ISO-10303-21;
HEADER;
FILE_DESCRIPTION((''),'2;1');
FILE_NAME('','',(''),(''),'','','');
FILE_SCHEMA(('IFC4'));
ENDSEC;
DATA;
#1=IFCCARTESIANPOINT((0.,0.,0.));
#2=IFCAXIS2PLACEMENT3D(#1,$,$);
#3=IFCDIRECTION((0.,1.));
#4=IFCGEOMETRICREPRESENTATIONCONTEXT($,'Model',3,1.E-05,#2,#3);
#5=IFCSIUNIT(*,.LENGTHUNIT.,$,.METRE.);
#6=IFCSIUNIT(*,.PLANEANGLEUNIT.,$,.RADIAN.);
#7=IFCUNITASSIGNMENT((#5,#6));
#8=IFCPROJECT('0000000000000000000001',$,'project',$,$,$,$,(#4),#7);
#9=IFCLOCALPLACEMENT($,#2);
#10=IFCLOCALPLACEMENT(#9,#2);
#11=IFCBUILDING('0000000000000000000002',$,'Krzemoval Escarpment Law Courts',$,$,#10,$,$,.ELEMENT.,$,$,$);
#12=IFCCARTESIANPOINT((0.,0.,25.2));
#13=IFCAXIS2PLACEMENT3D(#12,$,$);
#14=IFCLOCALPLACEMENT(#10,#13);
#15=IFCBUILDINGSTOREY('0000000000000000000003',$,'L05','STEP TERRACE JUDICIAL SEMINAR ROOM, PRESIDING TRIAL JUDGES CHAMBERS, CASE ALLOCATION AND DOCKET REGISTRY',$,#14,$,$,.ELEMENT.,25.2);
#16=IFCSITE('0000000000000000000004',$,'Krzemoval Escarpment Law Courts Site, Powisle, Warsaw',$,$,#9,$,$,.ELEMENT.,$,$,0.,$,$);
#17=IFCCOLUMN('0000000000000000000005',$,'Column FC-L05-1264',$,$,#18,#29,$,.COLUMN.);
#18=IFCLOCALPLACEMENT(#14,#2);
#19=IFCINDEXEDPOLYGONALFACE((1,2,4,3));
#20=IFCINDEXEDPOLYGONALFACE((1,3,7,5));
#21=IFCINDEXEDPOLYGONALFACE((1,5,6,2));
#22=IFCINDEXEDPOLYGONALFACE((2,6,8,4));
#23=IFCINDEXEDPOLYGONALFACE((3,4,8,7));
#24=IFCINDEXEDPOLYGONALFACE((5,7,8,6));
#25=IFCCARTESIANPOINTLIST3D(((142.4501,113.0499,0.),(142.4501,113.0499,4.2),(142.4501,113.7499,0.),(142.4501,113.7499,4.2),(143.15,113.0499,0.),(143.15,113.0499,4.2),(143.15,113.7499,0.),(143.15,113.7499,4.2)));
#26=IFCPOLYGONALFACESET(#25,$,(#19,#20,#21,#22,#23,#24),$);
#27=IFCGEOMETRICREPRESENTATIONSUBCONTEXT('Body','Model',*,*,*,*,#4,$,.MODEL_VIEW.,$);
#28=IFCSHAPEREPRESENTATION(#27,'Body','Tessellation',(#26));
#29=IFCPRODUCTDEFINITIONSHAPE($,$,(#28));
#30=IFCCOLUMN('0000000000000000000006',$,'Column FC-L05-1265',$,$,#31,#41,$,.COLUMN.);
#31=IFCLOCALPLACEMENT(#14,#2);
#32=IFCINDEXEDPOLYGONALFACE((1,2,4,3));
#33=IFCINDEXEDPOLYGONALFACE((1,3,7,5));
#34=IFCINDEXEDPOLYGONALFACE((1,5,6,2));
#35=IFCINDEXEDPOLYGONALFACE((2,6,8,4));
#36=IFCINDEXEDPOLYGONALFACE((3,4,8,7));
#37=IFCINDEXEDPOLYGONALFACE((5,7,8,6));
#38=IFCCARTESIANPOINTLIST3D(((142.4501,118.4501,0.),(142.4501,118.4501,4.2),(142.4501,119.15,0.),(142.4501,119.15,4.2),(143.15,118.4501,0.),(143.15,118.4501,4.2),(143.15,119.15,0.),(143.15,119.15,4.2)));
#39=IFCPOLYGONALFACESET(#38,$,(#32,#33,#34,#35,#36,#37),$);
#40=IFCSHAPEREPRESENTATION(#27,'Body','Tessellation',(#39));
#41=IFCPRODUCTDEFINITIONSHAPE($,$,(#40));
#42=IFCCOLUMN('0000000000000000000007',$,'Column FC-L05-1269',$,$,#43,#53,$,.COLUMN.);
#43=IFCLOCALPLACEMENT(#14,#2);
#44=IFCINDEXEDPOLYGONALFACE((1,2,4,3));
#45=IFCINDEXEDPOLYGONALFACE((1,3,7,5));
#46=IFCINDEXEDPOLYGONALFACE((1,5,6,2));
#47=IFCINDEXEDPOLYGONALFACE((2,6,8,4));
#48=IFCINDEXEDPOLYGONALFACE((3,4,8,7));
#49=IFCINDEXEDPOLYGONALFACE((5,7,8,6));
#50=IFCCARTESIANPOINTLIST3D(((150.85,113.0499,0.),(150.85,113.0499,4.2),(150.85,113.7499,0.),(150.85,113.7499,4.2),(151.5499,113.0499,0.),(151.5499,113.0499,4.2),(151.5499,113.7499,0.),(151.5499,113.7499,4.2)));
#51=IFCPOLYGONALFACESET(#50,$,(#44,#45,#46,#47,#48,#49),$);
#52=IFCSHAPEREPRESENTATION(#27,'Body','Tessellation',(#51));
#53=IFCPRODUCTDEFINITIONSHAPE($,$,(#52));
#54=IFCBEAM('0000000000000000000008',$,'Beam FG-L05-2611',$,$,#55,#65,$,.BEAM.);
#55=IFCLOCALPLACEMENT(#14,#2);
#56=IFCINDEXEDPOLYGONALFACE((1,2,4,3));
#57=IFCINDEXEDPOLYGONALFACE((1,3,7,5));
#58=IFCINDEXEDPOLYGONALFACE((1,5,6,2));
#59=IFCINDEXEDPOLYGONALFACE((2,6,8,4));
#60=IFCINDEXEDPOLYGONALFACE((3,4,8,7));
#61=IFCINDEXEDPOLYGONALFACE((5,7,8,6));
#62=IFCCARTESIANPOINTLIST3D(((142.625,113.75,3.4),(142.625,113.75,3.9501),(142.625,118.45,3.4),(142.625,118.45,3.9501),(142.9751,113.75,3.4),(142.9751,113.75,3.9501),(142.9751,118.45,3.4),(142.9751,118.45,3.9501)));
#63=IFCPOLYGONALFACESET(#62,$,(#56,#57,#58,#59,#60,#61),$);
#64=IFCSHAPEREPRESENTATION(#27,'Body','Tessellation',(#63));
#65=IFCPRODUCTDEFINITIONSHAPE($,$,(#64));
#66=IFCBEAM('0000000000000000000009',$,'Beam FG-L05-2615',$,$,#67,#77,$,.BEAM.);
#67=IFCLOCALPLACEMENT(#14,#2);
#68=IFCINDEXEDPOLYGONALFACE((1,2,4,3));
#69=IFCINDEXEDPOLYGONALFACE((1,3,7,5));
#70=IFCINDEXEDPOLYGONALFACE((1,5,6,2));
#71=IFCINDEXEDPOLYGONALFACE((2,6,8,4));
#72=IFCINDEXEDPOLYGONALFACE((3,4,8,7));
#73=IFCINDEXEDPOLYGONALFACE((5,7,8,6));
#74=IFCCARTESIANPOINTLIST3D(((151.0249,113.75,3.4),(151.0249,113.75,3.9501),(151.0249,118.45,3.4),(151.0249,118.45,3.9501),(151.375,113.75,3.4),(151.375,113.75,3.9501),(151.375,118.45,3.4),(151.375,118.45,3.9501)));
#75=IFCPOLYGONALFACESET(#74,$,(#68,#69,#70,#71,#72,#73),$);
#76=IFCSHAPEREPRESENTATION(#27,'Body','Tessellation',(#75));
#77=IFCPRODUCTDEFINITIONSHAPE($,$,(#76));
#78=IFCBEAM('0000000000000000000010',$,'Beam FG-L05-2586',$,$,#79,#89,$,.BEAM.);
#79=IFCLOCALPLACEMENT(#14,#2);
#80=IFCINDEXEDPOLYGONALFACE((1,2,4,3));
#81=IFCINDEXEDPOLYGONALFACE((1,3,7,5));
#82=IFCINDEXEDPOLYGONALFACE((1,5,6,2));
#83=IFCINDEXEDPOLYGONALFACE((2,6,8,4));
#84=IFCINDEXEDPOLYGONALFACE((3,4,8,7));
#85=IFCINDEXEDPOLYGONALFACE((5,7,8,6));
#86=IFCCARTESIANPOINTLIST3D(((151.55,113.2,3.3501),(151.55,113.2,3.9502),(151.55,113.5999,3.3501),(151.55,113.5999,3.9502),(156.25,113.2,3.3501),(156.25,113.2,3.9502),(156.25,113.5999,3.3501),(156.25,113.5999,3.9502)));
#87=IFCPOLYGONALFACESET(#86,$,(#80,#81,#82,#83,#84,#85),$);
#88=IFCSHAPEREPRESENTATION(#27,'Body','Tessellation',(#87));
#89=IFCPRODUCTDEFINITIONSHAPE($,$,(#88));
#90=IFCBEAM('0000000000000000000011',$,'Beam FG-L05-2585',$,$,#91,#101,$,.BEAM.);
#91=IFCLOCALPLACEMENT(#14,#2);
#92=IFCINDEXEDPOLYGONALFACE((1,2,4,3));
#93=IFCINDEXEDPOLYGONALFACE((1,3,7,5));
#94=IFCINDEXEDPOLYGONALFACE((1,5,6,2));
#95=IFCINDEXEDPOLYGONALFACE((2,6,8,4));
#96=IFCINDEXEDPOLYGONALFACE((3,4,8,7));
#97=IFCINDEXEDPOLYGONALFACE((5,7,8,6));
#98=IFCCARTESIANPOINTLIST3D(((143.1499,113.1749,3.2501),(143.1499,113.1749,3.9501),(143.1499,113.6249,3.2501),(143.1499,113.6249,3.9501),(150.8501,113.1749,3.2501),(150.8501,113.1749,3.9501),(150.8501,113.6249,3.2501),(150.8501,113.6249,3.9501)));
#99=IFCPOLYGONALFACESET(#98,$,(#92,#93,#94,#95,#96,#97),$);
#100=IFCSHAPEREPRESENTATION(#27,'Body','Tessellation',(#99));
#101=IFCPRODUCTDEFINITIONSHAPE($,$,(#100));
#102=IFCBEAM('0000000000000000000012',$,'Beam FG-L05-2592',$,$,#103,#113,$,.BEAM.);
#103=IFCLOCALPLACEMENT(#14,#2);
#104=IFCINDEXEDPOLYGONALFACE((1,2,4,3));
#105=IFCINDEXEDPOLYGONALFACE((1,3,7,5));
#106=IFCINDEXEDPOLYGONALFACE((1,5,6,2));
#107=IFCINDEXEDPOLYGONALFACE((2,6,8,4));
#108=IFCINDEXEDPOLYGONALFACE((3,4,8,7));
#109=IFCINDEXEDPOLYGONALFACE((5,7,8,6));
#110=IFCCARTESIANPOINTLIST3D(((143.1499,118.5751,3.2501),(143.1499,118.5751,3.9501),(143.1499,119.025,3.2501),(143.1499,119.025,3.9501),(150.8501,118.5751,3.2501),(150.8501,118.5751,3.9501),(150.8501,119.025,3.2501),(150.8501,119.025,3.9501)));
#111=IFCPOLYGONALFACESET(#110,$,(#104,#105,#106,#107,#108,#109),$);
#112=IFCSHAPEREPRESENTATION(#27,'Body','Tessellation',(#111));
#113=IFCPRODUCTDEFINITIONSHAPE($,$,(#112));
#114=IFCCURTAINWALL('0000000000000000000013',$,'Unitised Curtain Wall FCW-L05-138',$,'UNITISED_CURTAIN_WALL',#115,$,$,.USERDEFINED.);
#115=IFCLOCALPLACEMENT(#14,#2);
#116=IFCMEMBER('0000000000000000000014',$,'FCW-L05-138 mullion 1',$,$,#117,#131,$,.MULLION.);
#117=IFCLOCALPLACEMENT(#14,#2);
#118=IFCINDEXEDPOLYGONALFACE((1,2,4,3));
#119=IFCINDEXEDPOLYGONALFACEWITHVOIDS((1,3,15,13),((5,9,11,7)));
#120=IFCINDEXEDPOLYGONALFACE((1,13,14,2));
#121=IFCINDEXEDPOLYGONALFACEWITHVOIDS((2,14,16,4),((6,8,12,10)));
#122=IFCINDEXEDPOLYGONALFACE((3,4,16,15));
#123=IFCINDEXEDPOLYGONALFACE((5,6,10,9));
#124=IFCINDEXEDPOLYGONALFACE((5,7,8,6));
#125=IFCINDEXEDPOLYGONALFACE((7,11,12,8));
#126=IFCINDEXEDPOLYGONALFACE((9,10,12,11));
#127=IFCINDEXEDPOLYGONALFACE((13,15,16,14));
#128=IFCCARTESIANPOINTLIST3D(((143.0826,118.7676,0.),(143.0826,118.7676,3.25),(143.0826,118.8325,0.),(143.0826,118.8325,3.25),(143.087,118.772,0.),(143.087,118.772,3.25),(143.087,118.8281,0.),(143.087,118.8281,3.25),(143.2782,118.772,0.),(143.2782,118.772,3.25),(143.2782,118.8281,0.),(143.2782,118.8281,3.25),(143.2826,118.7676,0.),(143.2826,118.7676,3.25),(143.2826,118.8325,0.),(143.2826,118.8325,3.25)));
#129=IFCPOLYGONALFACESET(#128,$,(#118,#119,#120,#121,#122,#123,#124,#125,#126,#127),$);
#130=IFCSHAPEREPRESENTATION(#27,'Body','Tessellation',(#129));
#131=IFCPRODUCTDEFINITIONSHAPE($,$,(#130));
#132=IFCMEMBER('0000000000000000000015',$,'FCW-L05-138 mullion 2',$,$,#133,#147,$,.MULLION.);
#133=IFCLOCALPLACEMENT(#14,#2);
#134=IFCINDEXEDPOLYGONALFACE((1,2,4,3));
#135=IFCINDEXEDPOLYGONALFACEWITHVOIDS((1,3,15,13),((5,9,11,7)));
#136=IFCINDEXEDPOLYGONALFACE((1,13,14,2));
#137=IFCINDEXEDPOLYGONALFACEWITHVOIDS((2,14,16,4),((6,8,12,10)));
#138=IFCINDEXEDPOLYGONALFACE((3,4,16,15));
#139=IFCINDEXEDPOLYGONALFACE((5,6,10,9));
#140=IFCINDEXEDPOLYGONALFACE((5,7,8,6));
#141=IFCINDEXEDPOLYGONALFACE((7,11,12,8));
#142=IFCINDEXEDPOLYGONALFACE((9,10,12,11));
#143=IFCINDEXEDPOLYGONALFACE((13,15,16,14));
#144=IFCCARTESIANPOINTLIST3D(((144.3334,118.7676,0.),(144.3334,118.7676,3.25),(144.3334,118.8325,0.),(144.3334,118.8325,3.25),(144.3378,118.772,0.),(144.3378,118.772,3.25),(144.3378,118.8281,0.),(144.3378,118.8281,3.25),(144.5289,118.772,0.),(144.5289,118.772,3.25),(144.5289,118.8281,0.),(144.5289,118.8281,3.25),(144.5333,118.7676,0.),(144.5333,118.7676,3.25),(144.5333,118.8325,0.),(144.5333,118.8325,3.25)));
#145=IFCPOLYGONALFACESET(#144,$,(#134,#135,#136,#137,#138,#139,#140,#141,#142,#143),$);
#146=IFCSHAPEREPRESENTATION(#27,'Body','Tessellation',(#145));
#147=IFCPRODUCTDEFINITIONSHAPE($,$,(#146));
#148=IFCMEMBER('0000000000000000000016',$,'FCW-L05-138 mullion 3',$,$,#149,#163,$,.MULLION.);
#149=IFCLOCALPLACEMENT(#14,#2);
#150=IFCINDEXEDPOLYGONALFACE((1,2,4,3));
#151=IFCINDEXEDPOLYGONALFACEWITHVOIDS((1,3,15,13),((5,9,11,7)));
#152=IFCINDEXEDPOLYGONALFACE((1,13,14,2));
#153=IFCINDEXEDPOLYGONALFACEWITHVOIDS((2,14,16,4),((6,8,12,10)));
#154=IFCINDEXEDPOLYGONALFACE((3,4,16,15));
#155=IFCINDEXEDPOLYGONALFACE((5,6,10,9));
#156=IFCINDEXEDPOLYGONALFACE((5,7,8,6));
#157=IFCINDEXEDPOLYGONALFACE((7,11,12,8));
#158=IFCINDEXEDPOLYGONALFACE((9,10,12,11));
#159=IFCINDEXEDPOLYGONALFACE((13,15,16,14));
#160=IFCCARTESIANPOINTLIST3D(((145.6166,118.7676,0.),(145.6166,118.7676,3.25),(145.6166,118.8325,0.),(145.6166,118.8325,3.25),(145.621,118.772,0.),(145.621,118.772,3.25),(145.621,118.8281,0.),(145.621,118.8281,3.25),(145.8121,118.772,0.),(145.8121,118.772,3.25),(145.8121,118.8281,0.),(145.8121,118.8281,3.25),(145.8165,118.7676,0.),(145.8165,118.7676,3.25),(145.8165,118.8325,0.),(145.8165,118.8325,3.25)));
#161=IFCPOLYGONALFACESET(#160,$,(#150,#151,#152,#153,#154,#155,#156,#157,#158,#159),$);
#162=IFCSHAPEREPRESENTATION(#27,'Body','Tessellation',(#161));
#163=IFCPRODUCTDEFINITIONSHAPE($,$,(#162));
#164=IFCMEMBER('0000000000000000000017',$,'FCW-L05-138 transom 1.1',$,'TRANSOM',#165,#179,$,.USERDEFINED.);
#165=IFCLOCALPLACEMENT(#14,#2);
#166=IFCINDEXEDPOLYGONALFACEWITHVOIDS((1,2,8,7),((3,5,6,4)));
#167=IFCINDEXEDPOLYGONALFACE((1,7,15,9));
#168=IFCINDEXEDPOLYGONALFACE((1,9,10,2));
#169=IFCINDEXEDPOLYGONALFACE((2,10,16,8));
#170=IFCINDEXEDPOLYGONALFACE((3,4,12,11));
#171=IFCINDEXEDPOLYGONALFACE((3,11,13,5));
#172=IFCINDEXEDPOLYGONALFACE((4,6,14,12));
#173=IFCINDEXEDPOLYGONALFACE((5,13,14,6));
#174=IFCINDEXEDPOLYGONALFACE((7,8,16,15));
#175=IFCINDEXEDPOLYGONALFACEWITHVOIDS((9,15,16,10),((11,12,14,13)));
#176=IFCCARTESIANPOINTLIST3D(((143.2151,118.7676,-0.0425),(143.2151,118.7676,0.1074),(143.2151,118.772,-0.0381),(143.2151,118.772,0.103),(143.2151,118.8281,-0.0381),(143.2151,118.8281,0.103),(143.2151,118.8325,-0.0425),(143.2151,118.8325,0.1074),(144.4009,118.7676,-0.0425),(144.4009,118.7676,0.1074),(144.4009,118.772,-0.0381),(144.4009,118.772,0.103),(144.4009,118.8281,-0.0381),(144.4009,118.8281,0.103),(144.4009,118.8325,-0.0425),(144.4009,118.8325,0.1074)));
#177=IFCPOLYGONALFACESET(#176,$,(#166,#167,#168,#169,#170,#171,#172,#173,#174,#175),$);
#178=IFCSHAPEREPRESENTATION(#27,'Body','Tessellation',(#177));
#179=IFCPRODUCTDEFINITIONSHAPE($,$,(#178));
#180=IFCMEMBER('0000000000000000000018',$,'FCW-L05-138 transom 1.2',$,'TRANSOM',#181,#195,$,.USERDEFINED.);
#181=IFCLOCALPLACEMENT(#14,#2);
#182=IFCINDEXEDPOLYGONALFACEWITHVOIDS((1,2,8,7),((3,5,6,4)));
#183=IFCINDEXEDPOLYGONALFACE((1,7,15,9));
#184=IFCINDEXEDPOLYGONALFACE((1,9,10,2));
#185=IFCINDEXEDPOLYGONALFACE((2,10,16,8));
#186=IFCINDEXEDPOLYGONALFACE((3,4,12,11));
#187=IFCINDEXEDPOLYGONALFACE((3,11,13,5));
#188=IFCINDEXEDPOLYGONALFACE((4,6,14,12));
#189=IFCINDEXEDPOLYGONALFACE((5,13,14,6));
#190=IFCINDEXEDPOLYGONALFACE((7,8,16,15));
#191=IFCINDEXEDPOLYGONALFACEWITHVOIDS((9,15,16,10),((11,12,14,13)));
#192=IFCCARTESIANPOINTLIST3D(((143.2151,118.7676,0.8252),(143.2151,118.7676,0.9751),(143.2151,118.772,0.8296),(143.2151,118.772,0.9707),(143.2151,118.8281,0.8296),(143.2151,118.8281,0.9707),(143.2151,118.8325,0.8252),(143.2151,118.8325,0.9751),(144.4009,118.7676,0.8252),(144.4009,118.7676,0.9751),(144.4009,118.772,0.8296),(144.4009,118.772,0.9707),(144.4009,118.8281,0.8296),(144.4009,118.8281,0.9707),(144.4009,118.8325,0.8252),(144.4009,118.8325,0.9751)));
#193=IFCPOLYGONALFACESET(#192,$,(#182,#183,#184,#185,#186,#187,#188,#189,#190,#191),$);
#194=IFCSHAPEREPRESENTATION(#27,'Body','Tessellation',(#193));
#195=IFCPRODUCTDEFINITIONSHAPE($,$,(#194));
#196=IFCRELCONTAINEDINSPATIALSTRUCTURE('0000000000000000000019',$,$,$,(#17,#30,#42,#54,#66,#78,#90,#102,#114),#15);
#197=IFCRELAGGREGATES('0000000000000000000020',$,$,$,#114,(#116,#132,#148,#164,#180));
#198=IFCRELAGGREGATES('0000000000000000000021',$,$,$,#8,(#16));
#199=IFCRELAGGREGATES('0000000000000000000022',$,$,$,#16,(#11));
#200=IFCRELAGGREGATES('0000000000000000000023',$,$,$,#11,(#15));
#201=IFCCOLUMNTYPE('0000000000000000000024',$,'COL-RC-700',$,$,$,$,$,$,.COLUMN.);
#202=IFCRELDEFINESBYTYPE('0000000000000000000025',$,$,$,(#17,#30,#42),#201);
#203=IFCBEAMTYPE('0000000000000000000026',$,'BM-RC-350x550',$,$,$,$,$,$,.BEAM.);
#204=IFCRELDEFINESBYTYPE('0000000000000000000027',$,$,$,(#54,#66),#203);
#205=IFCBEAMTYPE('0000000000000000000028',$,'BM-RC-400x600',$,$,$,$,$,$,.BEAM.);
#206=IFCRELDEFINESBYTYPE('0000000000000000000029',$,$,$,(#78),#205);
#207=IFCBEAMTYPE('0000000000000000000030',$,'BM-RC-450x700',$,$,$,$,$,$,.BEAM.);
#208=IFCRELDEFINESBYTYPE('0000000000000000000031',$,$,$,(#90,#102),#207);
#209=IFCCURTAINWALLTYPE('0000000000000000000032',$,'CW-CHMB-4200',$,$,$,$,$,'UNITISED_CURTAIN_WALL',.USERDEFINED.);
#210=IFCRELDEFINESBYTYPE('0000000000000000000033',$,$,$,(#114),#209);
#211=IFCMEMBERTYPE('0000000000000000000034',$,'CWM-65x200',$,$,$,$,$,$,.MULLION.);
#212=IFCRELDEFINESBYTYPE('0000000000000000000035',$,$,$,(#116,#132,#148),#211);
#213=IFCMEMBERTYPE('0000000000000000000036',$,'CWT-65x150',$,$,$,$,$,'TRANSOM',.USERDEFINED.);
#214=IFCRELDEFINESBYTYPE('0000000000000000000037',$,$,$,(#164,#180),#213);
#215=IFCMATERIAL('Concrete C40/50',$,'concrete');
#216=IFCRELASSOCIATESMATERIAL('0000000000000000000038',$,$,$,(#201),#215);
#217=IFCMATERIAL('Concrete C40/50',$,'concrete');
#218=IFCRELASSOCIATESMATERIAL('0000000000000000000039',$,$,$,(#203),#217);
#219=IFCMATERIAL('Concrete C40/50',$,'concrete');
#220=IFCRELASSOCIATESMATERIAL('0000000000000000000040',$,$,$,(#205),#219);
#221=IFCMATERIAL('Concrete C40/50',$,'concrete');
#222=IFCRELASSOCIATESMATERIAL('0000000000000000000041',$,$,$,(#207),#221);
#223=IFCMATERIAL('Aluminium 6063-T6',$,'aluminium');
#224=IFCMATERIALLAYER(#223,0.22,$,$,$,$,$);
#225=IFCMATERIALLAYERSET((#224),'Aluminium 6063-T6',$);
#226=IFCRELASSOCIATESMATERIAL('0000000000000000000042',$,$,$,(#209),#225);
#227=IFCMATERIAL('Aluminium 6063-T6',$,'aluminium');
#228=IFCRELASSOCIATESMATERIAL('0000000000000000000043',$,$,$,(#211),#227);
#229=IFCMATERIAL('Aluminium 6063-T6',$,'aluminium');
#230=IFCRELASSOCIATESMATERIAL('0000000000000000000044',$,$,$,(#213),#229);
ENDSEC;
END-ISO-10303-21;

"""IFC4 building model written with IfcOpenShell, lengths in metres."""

from ifc_helpers import new_model, si_unit, direction, frame, origin, origin_2d, place, context, subcontext, project, spatial, rectangle, hollow_rectangle, extrude, material, layer, layer_set, material_profile, profile_set, type_object, element, aggregate, save


model = new_model("IFC4")

# Units and contexts
model_context = context("Model", 3, precision=1e-05, world=origin(), true_north=direction((0.0, 1.0)))
body_context = subcontext(model_context, "Body", "Model", "MODEL_VIEW")
ifc_project = project(units=[si_unit("LENGTHUNIT", "METRE"), si_unit("PLANEANGLEUNIT", "RADIAN")], contexts=[model_context])

# Site, building, storey
site_placement = place(None, origin())
site = spatial("IfcSite", under=ifc_project, at=site_placement, Name="Krzemoval Escarpment Law Courts Site, Powisle, Warsaw", CompositionType="ELEMENT", RefElevation=0.0)
building_placement = place(site_placement, origin())
building = spatial("IfcBuilding", under=site, at=building_placement, Name="Krzemoval Escarpment Law Courts", CompositionType="ELEMENT")
storey_placement = place(building_placement, frame((0.0, 0.0, 25.2)))
storey = spatial("IfcBuildingStorey", under=building, at=storey_placement, Name="L05", Description="STEP TERRACE JUDICIAL SEMINAR ROOM, PRESIDING TRIAL JUDGES CHAMBERS, CASE ALLOCATION AND DOCKET REGISTRY", CompositionType="ELEMENT", Elevation=25.2)

# Columns
ifc_material_1 = material(Name="Concrete C40/50", Category="concrete")
ifc_material_profile_1 = material_profile(ifc_material_1, rectangle(XDim=0.7, YDim=0.7, at=origin_2d()), Name="RC 700x700")
ifc_profile_set_1 = profile_set([ifc_material_profile_1], Name="Concrete C40/50")
column_type = type_object("IfcColumnType", Name="COL-RC-700", PredefinedType="COLUMN", material=ifc_profile_set_1)
for number, where, z_axis, x_axis, name in (
    (1, (142.8, 113.3999, 0.0), (0.0, 0.0, 1.0), (1.0, 0.0, 0.0), "Column FC-L05-1264"),
    (2, (142.8, 118.8, 0.0), (0.0, 0.0, 1.0), (1.0, 0.0, 0.0), "Column FC-L05-1265"),
    (3, (151.2, 113.3999, 0.0), (0.0, 0.0, 1.0), (1.0, 0.0, 0.0), "Column FC-L05-1269"),
):
    element("IfcColumn", number, at=place(storey_placement, frame(where, z_axis=z_axis, x_axis=x_axis)), inside=storey, type_object=column_type, Name=name, PredefinedType="COLUMN", context=body_context, shape_type="SweptSolid", body=[
        extrude(rectangle(XDim=0.7, YDim=0.7, at=origin_2d()), origin(), (0.0, 0.0, 1.0), 4.2),
    ])

# Beams
ifc_material_2 = material(Name="Concrete C40/50", Category="concrete")
ifc_material_profile_2 = material_profile(ifc_material_2, rectangle(XDim=0.3501, YDim=0.55, at=origin_2d()), Name="RCB 350x550")
ifc_profile_set_2 = profile_set([ifc_material_profile_2], Name="Concrete C40/50")
beam_type_1 = type_object("IfcBeamType", Name="BM-RC-350x550", PredefinedType="BEAM", material=ifc_profile_set_2)
for number, where, z_axis, x_axis, name in (
    (4, (142.8, 113.75, 3.675), (0.0, 1.0, 0.0), (-1.0, 0.0, 0.0), "Beam FG-L05-2611"),
    (5, (151.2, 113.75, 3.675), (0.0, 1.0, 0.0), (-1.0, 0.0, 0.0), "Beam FG-L05-2615"),
):
    element("IfcBeam", number, at=place(storey_placement, frame(where, z_axis=z_axis, x_axis=x_axis)), inside=storey, type_object=beam_type_1, Name=name, PredefinedType="BEAM", context=body_context, shape_type="SweptSolid", body=[
        extrude(rectangle(XDim=0.3501, YDim=0.55, at=origin_2d()), origin(), (0.0, 0.0, 1.0), 4.7),
    ])
ifc_material_3 = material(Name="Concrete C40/50", Category="concrete")
ifc_material_profile_3 = material_profile(ifc_material_3, rectangle(XDim=0.3999, YDim=0.6001, at=origin_2d()), Name="RCB 400x600")
ifc_profile_set_3 = profile_set([ifc_material_profile_3], Name="Concrete C40/50")
beam_type_2 = type_object("IfcBeamType", Name="BM-RC-400x600", PredefinedType="BEAM", material=ifc_profile_set_3)
beam_placement = place(storey_placement, frame((151.55, 113.3999, 3.6501), z_axis=(1.0, 0.0, 0.0), x_axis=(0.0, 1.0, 0.0)))
element("IfcBeam", 6, at=beam_placement, inside=storey, type_object=beam_type_2, Name="Beam FG-L05-2586", PredefinedType="BEAM", context=body_context, shape_type="SweptSolid", body=[
    extrude(rectangle(XDim=0.3999, YDim=0.6001, at=origin_2d()), origin(), (0.0, 0.0, 1.0), 4.7),
])
ifc_material_4 = material(Name="Concrete C40/50", Category="concrete")
ifc_material_profile_4 = material_profile(ifc_material_4, rectangle(XDim=0.45, YDim=0.7, at=origin_2d()), Name="RCB 450x700")
ifc_profile_set_4 = profile_set([ifc_material_profile_4], Name="Concrete C40/50")
beam_type_3 = type_object("IfcBeamType", Name="BM-RC-450x700", PredefinedType="BEAM", material=ifc_profile_set_4)
for number, where, z_axis, x_axis, name in (
    (7, (143.1499, 113.3999, 3.6001), (1.0, 0.0, 0.0), (0.0, 1.0, 0.0), "Beam FG-L05-2585"),
    (8, (143.1499, 118.8, 3.6001), (1.0, 0.0, 0.0), (0.0, 1.0, 0.0), "Beam FG-L05-2592"),
):
    element("IfcBeam", number, at=place(storey_placement, frame(where, z_axis=z_axis, x_axis=x_axis)), inside=storey, type_object=beam_type_3, Name=name, PredefinedType="BEAM", context=body_context, shape_type="SweptSolid", body=[
        extrude(rectangle(XDim=0.45, YDim=0.7, at=origin_2d()), origin(), (0.0, 0.0, 1.0), 7.7002),
    ])

# Curtain wall, members
ifc_material_5 = material(Name="Aluminium 6063-T6", Category="aluminium")
ifc_layer_1 = layer(ifc_material_5, 0.22)
ifc_layer_set_1 = layer_set([ifc_layer_1], Name="Aluminium 6063-T6")
curtain_wall_type = type_object("IfcCurtainWallType", Name="CW-CHMB-4200", ElementType="UNITISED_CURTAIN_WALL", PredefinedType="USERDEFINED", material=ifc_layer_set_1)
curtain_wall_placement = place(storey_placement, origin())
curtain_wall = element("IfcCurtainWall", 9, at=curtain_wall_placement, inside=storey, type_object=curtain_wall_type, Name="Unitised Curtain Wall FCW-L05-138", ObjectType="UNITISED_CURTAIN_WALL", PredefinedType="USERDEFINED")
ifc_material_6 = material(Name="Aluminium 6063-T6", Category="aluminium")
ifc_material_profile_5 = material_profile(ifc_material_6, hollow_rectangle(XDim=0.0649, YDim=0.2, WallThickness=0.0044, at=origin_2d()), Name="ALU M65x200")
ifc_profile_set_5 = profile_set([ifc_material_profile_5], Name="Aluminium 6063-T6")
member_type_1 = type_object("IfcMemberType", Name="CWM-65x200", PredefinedType="MULLION", material=ifc_profile_set_5)
member_1_placement = place(storey_placement, frame((143.1826, 118.8, 0.0), z_axis=(0.0, 0.0, 1.0), x_axis=(0.0, 1.0, 0.0)))
member_1 = element("IfcMember", 10, at=member_1_placement, type_object=member_type_1, Name="FCW-L05-138 mullion 1", PredefinedType="MULLION", context=body_context, shape_type="SweptSolid", body=[
    extrude(hollow_rectangle(XDim=0.0649, YDim=0.2, WallThickness=0.0044, at=origin_2d()), origin(), (0.0, 0.0, 1.0), 3.25),
])
member_2_placement = place(storey_placement, frame((144.4333, 118.8, 0.0), z_axis=(0.0, 0.0, 1.0), x_axis=(0.0, 1.0, 0.0)))
member_2 = element("IfcMember", 11, at=member_2_placement, type_object=member_type_1, Name="FCW-L05-138 mullion 2", PredefinedType="MULLION", context=body_context, shape_type="SweptSolid", body=[
    extrude(hollow_rectangle(XDim=0.0649, YDim=0.2, WallThickness=0.0044, at=origin_2d()), origin(), (0.0, 0.0, 1.0), 3.25),
])
member_3_placement = place(storey_placement, frame((145.7166, 118.8, 0.0), z_axis=(0.0, 0.0, 1.0), x_axis=(0.0, 1.0, 0.0)))
member_3 = element("IfcMember", 12, at=member_3_placement, type_object=member_type_1, Name="FCW-L05-138 mullion 3", PredefinedType="MULLION", context=body_context, shape_type="SweptSolid", body=[
    extrude(hollow_rectangle(XDim=0.0649, YDim=0.2, WallThickness=0.0044, at=origin_2d()), origin(), (0.0, 0.0, 1.0), 3.25),
])
ifc_material_7 = material(Name="Aluminium 6063-T6", Category="aluminium")
ifc_material_profile_6 = material_profile(ifc_material_7, hollow_rectangle(XDim=0.0649, YDim=0.1499, WallThickness=0.0044, at=origin_2d()), Name="ALU T65x150")
ifc_profile_set_6 = profile_set([ifc_material_profile_6], Name="Aluminium 6063-T6")
member_type_2 = type_object("IfcMemberType", Name="CWT-65x150", ElementType="TRANSOM", PredefinedType="USERDEFINED", material=ifc_profile_set_6)
member_4_placement = place(storey_placement, frame((143.2151, 118.8, 0.0325), z_axis=(1.0, 0.0, 0.0), x_axis=(0.0, 1.0, 0.0)))
member_4 = element("IfcMember", 13, at=member_4_placement, type_object=member_type_2, Name="FCW-L05-138 transom 1.1", ObjectType="TRANSOM", PredefinedType="USERDEFINED", context=body_context, shape_type="SweptSolid", body=[
    extrude(hollow_rectangle(XDim=0.0649, YDim=0.1499, WallThickness=0.0044, at=origin_2d()), origin(), (0.0, 0.0, 1.0), 1.1858),
])
member_5_placement = place(storey_placement, frame((143.2151, 118.8, 0.9001), z_axis=(1.0, 0.0, 0.0), x_axis=(0.0, 1.0, 0.0)))
member_5 = element("IfcMember", 14, at=member_5_placement, type_object=member_type_2, Name="FCW-L05-138 transom 1.2", ObjectType="TRANSOM", PredefinedType="USERDEFINED", context=body_context, shape_type="SweptSolid", body=[
    extrude(hollow_rectangle(XDim=0.0649, YDim=0.1499, WallThickness=0.0044, at=origin_2d()), origin(), (0.0, 0.0, 1.0), 1.1858),
])
aggregate(curtain_wall, [member_1, member_2, member_3, member_4, member_5])

save(model, "model.ifc")
